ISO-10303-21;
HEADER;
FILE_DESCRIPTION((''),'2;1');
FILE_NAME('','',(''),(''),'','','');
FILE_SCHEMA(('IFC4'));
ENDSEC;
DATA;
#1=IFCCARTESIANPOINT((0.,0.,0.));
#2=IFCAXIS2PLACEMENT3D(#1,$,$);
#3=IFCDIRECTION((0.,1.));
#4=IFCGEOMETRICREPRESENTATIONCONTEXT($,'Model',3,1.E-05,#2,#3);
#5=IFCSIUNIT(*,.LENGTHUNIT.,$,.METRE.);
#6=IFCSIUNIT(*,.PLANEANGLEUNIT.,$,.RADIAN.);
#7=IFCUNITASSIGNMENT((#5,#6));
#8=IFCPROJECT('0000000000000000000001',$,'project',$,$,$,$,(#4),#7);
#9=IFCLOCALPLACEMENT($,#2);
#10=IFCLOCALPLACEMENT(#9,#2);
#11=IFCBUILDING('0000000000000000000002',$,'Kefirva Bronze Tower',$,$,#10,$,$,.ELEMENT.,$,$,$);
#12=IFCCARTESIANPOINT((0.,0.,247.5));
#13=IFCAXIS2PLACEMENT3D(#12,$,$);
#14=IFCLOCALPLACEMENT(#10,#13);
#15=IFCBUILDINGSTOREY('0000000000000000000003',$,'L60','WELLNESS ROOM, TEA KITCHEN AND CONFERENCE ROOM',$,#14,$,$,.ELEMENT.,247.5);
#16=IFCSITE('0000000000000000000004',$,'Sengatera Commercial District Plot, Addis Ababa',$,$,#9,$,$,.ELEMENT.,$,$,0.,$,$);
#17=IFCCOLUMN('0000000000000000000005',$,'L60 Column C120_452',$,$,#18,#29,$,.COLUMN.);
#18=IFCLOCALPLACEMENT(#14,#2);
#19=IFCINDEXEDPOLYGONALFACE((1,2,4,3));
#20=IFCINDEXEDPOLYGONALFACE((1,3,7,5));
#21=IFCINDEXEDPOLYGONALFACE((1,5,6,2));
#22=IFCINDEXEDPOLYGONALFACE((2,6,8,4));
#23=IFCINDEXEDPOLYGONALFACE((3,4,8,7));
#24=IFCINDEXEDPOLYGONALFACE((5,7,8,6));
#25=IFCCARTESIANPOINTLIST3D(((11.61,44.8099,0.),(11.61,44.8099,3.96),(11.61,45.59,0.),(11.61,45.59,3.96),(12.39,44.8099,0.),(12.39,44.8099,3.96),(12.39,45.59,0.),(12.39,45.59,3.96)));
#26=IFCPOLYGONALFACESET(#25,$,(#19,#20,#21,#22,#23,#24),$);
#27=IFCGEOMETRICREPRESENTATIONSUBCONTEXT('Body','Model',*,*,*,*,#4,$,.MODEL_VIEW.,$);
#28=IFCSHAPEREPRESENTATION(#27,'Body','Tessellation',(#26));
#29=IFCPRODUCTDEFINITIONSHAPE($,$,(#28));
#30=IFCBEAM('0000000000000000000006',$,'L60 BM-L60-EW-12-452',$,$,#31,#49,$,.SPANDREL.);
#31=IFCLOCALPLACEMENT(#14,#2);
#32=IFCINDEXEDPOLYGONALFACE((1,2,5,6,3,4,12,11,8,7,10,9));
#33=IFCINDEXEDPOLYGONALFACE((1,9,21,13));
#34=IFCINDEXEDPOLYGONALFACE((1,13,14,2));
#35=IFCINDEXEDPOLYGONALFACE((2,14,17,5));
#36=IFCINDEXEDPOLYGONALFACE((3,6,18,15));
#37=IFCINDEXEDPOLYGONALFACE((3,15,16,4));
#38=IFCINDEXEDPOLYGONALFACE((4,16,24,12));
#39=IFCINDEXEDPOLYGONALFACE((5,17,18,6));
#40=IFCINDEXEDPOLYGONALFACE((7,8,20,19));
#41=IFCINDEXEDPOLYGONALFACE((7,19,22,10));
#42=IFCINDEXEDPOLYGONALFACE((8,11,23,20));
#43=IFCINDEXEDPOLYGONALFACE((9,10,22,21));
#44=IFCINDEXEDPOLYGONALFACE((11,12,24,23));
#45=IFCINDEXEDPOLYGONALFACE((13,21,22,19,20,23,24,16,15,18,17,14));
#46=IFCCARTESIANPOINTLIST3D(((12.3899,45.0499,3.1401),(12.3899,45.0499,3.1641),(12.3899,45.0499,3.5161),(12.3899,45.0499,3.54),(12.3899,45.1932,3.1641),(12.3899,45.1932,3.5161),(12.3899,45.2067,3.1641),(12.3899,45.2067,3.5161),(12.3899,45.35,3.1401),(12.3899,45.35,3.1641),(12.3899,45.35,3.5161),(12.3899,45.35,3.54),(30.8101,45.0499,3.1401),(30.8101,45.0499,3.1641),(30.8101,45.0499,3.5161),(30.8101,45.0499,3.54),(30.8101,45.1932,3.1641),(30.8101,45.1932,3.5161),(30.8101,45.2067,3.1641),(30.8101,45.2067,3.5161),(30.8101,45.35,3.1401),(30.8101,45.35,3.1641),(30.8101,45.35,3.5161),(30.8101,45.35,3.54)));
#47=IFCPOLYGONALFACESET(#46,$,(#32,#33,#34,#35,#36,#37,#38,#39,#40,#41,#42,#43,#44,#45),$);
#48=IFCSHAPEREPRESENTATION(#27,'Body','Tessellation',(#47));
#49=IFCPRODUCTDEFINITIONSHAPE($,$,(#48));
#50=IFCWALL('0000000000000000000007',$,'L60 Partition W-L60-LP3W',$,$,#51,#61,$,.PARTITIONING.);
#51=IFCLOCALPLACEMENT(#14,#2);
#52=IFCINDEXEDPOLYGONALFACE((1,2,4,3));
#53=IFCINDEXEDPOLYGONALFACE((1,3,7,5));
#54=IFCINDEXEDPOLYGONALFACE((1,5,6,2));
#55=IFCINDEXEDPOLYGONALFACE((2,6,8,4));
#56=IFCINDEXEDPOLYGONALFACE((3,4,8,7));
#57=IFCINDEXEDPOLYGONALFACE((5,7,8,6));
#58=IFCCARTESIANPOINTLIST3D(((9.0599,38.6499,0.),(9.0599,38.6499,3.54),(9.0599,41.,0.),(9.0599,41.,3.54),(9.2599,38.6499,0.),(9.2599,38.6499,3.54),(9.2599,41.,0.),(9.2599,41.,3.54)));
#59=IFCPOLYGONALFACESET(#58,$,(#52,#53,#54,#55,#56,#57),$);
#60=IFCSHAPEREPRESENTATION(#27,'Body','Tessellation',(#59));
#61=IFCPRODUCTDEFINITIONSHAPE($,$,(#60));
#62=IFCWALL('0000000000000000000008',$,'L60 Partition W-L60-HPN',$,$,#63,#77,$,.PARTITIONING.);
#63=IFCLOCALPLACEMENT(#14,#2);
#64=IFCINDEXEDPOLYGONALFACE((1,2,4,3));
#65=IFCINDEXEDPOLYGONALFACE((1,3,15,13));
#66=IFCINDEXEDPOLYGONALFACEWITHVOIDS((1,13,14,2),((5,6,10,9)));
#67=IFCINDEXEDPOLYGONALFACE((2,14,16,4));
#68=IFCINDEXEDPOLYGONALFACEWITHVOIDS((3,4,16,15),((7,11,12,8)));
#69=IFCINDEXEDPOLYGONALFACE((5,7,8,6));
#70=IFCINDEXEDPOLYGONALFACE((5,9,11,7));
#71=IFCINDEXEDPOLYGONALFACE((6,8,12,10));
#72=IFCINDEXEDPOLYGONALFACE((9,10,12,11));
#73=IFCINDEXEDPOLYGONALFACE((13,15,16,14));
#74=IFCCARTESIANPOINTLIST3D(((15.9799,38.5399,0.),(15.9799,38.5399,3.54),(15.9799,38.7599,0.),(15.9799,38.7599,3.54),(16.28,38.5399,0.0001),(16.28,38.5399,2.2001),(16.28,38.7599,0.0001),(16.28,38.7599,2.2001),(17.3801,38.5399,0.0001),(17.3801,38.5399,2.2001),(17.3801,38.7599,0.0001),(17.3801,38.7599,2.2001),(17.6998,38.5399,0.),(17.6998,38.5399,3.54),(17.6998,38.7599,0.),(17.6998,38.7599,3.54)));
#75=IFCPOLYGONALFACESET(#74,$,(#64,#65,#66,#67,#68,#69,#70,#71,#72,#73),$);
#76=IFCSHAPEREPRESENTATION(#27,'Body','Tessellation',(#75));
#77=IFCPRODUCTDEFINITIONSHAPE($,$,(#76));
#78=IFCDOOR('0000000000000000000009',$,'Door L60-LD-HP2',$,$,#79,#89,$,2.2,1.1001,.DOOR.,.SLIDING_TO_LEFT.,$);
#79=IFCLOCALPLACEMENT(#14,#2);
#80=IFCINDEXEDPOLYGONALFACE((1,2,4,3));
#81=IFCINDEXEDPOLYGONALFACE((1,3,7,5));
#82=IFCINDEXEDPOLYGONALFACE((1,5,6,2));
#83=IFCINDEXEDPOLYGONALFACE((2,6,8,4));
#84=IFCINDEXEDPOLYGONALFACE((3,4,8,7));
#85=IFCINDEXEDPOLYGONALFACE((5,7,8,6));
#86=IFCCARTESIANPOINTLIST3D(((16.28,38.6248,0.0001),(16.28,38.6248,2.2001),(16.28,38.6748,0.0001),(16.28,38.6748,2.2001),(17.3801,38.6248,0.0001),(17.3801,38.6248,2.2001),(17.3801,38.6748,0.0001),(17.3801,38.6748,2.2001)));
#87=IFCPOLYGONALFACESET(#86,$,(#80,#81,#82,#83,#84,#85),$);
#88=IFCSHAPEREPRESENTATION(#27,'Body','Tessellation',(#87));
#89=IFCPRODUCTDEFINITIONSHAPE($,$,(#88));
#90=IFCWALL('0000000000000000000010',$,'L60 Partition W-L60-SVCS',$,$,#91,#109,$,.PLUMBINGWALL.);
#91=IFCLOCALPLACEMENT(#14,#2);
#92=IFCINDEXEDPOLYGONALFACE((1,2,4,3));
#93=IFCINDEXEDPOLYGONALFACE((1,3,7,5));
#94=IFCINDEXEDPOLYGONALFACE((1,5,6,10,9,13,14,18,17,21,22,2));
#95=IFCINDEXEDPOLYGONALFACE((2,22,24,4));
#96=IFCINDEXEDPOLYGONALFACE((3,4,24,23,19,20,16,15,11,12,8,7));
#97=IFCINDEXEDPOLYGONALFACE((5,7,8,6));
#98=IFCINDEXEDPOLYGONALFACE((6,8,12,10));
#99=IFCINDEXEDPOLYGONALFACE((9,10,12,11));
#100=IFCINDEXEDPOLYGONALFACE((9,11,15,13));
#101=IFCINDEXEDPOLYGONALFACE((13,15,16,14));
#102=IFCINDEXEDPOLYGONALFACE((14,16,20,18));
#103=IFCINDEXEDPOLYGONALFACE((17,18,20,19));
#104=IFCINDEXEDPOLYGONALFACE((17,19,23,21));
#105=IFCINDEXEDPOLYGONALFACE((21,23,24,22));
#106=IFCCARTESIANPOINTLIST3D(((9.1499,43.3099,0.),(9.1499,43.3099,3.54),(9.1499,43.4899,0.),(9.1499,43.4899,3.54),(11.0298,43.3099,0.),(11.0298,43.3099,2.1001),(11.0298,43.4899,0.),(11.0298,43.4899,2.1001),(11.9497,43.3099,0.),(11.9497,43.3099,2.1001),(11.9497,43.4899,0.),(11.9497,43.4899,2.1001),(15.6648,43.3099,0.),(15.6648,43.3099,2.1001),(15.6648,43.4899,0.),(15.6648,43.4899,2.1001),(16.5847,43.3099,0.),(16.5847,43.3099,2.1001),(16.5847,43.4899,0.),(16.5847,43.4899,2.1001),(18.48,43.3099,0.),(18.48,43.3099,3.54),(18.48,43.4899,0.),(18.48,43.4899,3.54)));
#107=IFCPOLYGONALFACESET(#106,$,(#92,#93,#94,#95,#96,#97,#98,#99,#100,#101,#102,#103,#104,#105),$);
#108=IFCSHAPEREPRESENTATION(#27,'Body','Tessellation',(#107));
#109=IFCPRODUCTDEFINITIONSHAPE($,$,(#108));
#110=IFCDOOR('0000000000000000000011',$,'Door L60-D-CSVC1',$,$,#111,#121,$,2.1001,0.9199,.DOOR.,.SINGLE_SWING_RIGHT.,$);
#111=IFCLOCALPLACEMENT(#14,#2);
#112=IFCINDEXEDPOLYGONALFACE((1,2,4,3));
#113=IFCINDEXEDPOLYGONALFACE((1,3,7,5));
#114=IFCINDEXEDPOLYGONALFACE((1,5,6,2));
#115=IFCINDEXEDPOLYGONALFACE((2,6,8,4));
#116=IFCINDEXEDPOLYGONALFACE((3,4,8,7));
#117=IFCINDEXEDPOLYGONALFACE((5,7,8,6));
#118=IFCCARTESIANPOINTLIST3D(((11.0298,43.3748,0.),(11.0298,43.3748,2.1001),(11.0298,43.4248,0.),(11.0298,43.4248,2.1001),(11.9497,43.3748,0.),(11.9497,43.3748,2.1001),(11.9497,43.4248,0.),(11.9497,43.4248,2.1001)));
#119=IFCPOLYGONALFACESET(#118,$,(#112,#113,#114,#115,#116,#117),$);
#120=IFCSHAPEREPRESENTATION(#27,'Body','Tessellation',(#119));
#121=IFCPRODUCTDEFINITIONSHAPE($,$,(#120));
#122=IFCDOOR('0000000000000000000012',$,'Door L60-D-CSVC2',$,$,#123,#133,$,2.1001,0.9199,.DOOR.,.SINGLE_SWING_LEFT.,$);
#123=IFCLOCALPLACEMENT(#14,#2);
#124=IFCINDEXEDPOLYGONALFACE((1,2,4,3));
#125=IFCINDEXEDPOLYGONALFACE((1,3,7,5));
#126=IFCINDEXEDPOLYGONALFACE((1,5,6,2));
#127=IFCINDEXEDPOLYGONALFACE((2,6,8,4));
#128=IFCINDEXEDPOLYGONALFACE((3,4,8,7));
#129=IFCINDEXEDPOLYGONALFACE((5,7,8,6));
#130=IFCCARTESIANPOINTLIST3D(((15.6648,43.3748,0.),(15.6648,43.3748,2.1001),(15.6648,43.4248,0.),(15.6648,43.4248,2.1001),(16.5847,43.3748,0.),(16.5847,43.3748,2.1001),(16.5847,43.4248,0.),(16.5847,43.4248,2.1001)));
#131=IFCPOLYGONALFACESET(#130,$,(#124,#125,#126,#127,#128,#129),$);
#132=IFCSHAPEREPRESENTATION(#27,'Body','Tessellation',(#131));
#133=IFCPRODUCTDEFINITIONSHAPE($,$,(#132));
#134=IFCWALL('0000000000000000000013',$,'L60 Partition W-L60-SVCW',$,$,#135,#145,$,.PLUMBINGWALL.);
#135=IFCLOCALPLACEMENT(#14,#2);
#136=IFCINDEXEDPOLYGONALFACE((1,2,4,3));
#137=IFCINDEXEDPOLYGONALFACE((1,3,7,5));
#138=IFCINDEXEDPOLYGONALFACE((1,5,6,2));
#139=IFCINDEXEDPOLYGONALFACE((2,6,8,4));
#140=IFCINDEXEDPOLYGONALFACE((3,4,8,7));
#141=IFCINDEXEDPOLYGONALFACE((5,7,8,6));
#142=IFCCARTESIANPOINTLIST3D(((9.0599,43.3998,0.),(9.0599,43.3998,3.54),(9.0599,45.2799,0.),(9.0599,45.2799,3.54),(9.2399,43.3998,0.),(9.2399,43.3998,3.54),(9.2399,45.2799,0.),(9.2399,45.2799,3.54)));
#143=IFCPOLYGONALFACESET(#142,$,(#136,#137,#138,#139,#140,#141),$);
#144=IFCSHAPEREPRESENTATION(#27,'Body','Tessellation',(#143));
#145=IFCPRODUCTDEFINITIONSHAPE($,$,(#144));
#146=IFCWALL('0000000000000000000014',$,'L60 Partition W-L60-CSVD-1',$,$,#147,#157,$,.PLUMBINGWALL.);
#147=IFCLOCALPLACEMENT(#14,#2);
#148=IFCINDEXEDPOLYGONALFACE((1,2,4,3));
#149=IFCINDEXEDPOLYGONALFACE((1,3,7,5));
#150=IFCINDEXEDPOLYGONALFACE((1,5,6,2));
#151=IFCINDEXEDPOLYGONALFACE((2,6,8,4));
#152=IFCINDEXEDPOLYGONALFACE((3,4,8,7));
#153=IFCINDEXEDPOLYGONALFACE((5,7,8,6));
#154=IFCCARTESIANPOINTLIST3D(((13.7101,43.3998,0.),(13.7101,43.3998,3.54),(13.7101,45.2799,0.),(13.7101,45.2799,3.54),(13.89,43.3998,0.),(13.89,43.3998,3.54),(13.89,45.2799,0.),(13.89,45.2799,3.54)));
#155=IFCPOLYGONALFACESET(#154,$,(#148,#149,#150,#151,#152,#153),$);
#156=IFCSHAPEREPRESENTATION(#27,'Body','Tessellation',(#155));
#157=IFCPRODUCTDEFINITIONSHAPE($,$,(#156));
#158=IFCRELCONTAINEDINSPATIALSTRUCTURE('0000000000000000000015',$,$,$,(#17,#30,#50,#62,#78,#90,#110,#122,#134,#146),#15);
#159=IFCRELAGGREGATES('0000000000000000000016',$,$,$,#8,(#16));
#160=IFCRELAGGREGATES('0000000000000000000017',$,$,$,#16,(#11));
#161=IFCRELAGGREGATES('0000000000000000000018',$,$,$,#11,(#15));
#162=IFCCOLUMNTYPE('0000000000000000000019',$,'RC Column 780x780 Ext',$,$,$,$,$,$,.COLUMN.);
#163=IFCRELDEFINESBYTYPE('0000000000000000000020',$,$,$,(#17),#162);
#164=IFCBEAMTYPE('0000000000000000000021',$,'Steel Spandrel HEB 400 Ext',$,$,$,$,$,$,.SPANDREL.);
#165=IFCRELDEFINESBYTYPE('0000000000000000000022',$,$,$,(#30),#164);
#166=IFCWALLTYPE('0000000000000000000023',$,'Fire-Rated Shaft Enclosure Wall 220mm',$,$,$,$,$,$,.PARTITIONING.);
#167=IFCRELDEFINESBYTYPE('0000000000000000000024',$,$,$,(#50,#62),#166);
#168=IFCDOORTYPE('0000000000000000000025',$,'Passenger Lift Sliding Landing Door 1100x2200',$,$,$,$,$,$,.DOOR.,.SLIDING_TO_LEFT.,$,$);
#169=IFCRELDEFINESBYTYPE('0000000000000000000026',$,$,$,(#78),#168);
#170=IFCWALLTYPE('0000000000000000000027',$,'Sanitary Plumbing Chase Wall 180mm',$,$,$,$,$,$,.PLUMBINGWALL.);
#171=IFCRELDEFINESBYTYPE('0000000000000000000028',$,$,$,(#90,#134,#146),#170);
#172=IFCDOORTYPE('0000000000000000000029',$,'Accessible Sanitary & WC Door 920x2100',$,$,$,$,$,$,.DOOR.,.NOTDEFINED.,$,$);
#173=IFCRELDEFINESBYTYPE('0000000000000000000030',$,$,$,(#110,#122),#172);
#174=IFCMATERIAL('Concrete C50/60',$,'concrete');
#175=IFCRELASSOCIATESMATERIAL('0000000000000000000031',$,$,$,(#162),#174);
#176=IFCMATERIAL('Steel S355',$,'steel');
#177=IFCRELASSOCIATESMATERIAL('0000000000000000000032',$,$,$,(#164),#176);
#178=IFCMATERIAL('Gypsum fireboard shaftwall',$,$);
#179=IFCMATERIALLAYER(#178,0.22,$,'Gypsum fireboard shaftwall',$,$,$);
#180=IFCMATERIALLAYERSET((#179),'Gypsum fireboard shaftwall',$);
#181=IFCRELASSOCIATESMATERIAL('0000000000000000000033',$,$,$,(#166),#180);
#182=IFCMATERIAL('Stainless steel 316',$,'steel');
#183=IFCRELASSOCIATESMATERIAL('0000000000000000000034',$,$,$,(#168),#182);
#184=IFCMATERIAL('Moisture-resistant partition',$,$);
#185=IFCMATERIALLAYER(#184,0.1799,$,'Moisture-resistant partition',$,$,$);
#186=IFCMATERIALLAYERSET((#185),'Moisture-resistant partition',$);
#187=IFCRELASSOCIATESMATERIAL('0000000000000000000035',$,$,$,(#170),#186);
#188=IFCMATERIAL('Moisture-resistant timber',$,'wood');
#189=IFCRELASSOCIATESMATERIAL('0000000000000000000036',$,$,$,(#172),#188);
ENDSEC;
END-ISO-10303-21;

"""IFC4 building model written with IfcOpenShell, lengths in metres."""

from ifc_helpers import new_model, si_unit, direction, frame, frame_2d, origin, origin_2d, place, context, subcontext, project, spatial, rectangle, i_section, extrude, material, layer, layer_set, material_profile, profile_set, type_object, element, fill, save


model = new_model("IFC4")

# Units and contexts
model_context = context("Model", 3, precision=1e-05, world=origin(), true_north=direction((0.0, 1.0)))
body_context = subcontext(model_context, "Body", "Model", "MODEL_VIEW")
ifc_project = project(units=[si_unit("LENGTHUNIT", "METRE"), si_unit("PLANEANGLEUNIT", "RADIAN")], contexts=[model_context])

# Site, building, storey
site_placement = place(None, origin())
site = spatial("IfcSite", under=ifc_project, at=site_placement, Name="Sengatera Commercial District Plot, Addis Ababa", CompositionType="ELEMENT", RefElevation=0.0)
building_placement = place(site_placement, origin())
building = spatial("IfcBuilding", under=site, at=building_placement, Name="Kefirva Bronze Tower", CompositionType="ELEMENT")
storey_placement = place(building_placement, frame((0.0, 0.0, 247.5)))
storey = spatial("IfcBuildingStorey", under=building, at=storey_placement, Name="L60", Description="WELLNESS ROOM, TEA KITCHEN AND CONFERENCE ROOM", CompositionType="ELEMENT", Elevation=247.5)

# Column
ifc_material_1 = material(Name="Concrete C50/60", Category="concrete")
ifc_material_profile_1 = material_profile(ifc_material_1, rectangle(XDim=0.78, YDim=0.78, at=origin_2d()), Name="RC 780x780")
ifc_profile_set_1 = profile_set([ifc_material_profile_1], Name="Concrete C50/60")
column_type = type_object("IfcColumnType", Name="RC Column 780x780 Ext", PredefinedType="COLUMN", material=ifc_profile_set_1)
column_placement = place(storey_placement, frame((12.0, 45.2, 0.0), z_axis=(0.0, 0.0, 1.0), x_axis=(1.0, 0.0, 0.0)))
element("IfcColumn", 1, at=column_placement, inside=storey, type_object=column_type, Name="L60 Column C120_452", PredefinedType="COLUMN", context=body_context, shape_type="SweptSolid", body=[
    extrude(rectangle(XDim=0.78, YDim=0.78, at=origin_2d()), origin(), (0.0, 0.0, 1.0), 3.96),
])

# Beam
ifc_material_2 = material(Name="Steel S355", Category="steel")
ifc_material_profile_2 = material_profile(ifc_material_2, i_section(OverallWidth=0.3, OverallDepth=0.3999, WebThickness=0.0134, FlangeThickness=0.0239, at=origin_2d()), Name="HEB 400")
ifc_profile_set_2 = profile_set([ifc_material_profile_2], Name="Steel S355")
beam_type = type_object("IfcBeamType", Name="Steel Spandrel HEB 400 Ext", PredefinedType="SPANDREL", material=ifc_profile_set_2)
beam_placement = place(storey_placement, frame((12.3899, 45.2, 3.3401), z_axis=(1.0, 0.0, 0.0), x_axis=(0.0, 1.0, 0.0)))
element("IfcBeam", 2, at=beam_placement, inside=storey, type_object=beam_type, Name="L60 BM-L60-EW-12-452", PredefinedType="SPANDREL", context=body_context, shape_type="SweptSolid", body=[
    extrude(i_section(OverallWidth=0.3, OverallDepth=0.3999, WebThickness=0.0134, FlangeThickness=0.0239, at=origin_2d()), origin(), (0.0, 0.0, 1.0), 18.4202),
])

# Wall
ifc_material_3 = material(Name="Gypsum fireboard shaftwall")
ifc_layer_1 = layer(ifc_material_3, 0.22, Name="Gypsum fireboard shaftwall")
ifc_layer_set_1 = layer_set([ifc_layer_1], Name="Gypsum fireboard shaftwall")
wall_type_1 = type_object("IfcWallType", Name="Fire-Rated Shaft Enclosure Wall 220mm", PredefinedType="PARTITIONING", material=ifc_layer_set_1)
wall_1_placement = place(storey_placement, frame((9.1599, 38.6499, 0.0), z_axis=(0.0, 0.0, 1.0), x_axis=(0.0, 1.0, 0.0)))
element("IfcWall", 3, at=wall_1_placement, inside=storey, type_object=wall_type_1, Name="L60 Partition W-L60-LP3W", PredefinedType="PARTITIONING", context=body_context, shape_type="SweptSolid", body=[
    extrude(rectangle(XDim=2.3501, YDim=0.2, at=frame_2d((1.175, 0.0))), origin(), (0.0, 0.0, 1.0), 3.54),
])

# Wall, opening, door
wall_2_placement = place(storey_placement, frame((15.98, 38.6499, 0.0), z_axis=(0.0, 0.0, 1.0), x_axis=(1.0, 0.0, 0.0)))
wall_2 = element("IfcWall", 4, at=wall_2_placement, inside=storey, type_object=wall_type_1, Name="L60 Partition W-L60-HPN", PredefinedType="PARTITIONING", context=body_context, shape_type="SweptSolid", body=[
    extrude(rectangle(XDim=1.72, YDim=0.22, at=frame_2d((0.8599, 0.0))), origin(), (0.0, 0.0, 1.0), 3.54),
])
opening_1_placement = place(wall_2_placement, frame((0.3, 0.0, 0.0)))
opening_1 = element("IfcOpeningElement", 5, at=opening_1_placement, cuts=wall_2, PredefinedType="OPENING", context=body_context, shape_type="SweptSolid", body=[
    extrude(rectangle(XDim=1.1001, YDim=2.2, at=frame_2d((0.55, 1.1001))), frame((0.0, 0.1201, 0.0), z_axis=(0.0, -1.0, 0.0), x_axis=(1.0, 0.0, 0.0)), (0.0, 0.0, 1.0), 0.24),
])
ifc_material_4 = material(Name="Stainless steel 316", Category="steel")
door_type_1 = type_object("IfcDoorType", Name="Passenger Lift Sliding Landing Door 1100x2200", OperationType="SLIDING_TO_LEFT", PredefinedType="DOOR", material=ifc_material_4)
door_1_placement = place(opening_1_placement, origin())
door_1 = element("IfcDoor", 6, at=door_1_placement, inside=storey, type_object=door_type_1, Name="Door L60-LD-HP2", OperationType="SLIDING_TO_LEFT", OverallHeight=2.2, OverallWidth=1.1001, PredefinedType="DOOR", context=body_context, shape_type="SweptSolid", body=[
    extrude(rectangle(XDim=1.1001, YDim=2.2, at=frame_2d((0.55, 1.1001))), frame((0.0, 0.0249, 0.0), z_axis=(0.0, -1.0, 0.0), x_axis=(1.0, 0.0, 0.0)), (0.0, 0.0, 1.0), 0.05),
])
fill(opening_1, door_1)

# Wall, openings, doors
ifc_material_5 = material(Name="Moisture-resistant partition")
ifc_layer_2 = layer(ifc_material_5, 0.1799, Name="Moisture-resistant partition")
ifc_layer_set_2 = layer_set([ifc_layer_2], Name="Moisture-resistant partition")
wall_type_2 = type_object("IfcWallType", Name="Sanitary Plumbing Chase Wall 180mm", PredefinedType="PLUMBINGWALL", material=ifc_layer_set_2)
wall_3_placement = place(storey_placement, frame((9.1499, 43.3999, 0.0), z_axis=(0.0, 0.0, 1.0), x_axis=(1.0, 0.0, 0.0)))
wall_3 = element("IfcWall", 7, at=wall_3_placement, inside=storey, type_object=wall_type_2, Name="L60 Partition W-L60-SVCS", PredefinedType="PLUMBINGWALL", context=body_context, shape_type="SweptSolid", body=[
    extrude(rectangle(XDim=9.3301, YDim=0.1799, at=frame_2d((4.665, 0.0))), origin(), (0.0, 0.0, 1.0), 3.54),
])
opening_2_placement = place(wall_3_placement, frame((1.8799, 0.0, 0.0)))
opening_2 = element("IfcOpeningElement", 8, at=opening_2_placement, cuts=wall_3, PredefinedType="OPENING", context=body_context, shape_type="SweptSolid", body=[
    extrude(rectangle(XDim=0.9199, YDim=2.1001, at=frame_2d((0.46, 1.05))), frame((0.0, 0.1001, 0.0), z_axis=(0.0, -1.0, 0.0), x_axis=(1.0, 0.0, 0.0)), (0.0, 0.0, 1.0), 0.2),
])
opening_3_placement = place(wall_3_placement, frame((6.5149, 0.0, 0.0)))
opening_3 = element("IfcOpeningElement", 9, at=opening_3_placement, cuts=wall_3, PredefinedType="OPENING", context=body_context, shape_type="SweptSolid", body=[
    extrude(rectangle(XDim=0.9199, YDim=2.1001, at=frame_2d((0.46, 1.05))), frame((0.0, 0.1001, 0.0), z_axis=(0.0, -1.0, 0.0), x_axis=(1.0, 0.0, 0.0)), (0.0, 0.0, 1.0), 0.2),
])
ifc_material_6 = material(Name="Moisture-resistant timber", Category="wood")
door_type_2 = type_object("IfcDoorType", Name="Accessible Sanitary & WC Door 920x2100", OperationType="NOTDEFINED", PredefinedType="DOOR", material=ifc_material_6)
door_2_placement = place(opening_2_placement, origin())
door_2 = element("IfcDoor", 10, at=door_2_placement, inside=storey, type_object=door_type_2, Name="Door L60-D-CSVC1", OperationType="SINGLE_SWING_RIGHT", OverallHeight=2.1001, OverallWidth=0.9199, PredefinedType="DOOR", context=body_context, shape_type="SweptSolid", body=[
    extrude(rectangle(XDim=0.9199, YDim=2.1001, at=frame_2d((0.46, 1.05))), frame((0.0, 0.0249, 0.0), z_axis=(0.0, -1.0, 0.0), x_axis=(1.0, 0.0, 0.0)), (0.0, 0.0, 1.0), 0.05),
])
fill(opening_2, door_2)
door_3_placement = place(opening_3_placement, origin())
door_3 = element("IfcDoor", 11, at=door_3_placement, inside=storey, type_object=door_type_2, Name="Door L60-D-CSVC2", OperationType="SINGLE_SWING_LEFT", OverallHeight=2.1001, OverallWidth=0.9199, PredefinedType="DOOR", context=body_context, shape_type="SweptSolid", body=[
    extrude(rectangle(XDim=0.9199, YDim=2.1001, at=frame_2d((0.46, 1.05))), frame((0.0, 0.0249, 0.0), z_axis=(0.0, -1.0, 0.0), x_axis=(1.0, 0.0, 0.0)), (0.0, 0.0, 1.0), 0.05),
])
fill(opening_3, door_3)

# Walls
for number, where, z_axis, x_axis, name in (
    (12, (9.1499, 43.3999, 0.0), (0.0, 0.0, 1.0), (0.0, 1.0, 0.0), "L60 Partition W-L60-SVCW"),
    (13, (13.8, 43.3999, 0.0), (0.0, 0.0, 1.0), (0.0, 1.0, 0.0), "L60 Partition W-L60-CSVD-1"),
):
    element("IfcWall", number, at=place(storey_placement, frame(where, z_axis=z_axis, x_axis=x_axis)), inside=storey, type_object=wall_type_2, Name=name, PredefinedType="PLUMBINGWALL", context=body_context, shape_type="SweptSolid", body=[
        extrude(rectangle(XDim=1.8801, YDim=0.1799, at=frame_2d((0.9399, 0.0))), origin(), (0.0, 0.0, 1.0), 3.54),
    ])

save(model, "model.ifc")
